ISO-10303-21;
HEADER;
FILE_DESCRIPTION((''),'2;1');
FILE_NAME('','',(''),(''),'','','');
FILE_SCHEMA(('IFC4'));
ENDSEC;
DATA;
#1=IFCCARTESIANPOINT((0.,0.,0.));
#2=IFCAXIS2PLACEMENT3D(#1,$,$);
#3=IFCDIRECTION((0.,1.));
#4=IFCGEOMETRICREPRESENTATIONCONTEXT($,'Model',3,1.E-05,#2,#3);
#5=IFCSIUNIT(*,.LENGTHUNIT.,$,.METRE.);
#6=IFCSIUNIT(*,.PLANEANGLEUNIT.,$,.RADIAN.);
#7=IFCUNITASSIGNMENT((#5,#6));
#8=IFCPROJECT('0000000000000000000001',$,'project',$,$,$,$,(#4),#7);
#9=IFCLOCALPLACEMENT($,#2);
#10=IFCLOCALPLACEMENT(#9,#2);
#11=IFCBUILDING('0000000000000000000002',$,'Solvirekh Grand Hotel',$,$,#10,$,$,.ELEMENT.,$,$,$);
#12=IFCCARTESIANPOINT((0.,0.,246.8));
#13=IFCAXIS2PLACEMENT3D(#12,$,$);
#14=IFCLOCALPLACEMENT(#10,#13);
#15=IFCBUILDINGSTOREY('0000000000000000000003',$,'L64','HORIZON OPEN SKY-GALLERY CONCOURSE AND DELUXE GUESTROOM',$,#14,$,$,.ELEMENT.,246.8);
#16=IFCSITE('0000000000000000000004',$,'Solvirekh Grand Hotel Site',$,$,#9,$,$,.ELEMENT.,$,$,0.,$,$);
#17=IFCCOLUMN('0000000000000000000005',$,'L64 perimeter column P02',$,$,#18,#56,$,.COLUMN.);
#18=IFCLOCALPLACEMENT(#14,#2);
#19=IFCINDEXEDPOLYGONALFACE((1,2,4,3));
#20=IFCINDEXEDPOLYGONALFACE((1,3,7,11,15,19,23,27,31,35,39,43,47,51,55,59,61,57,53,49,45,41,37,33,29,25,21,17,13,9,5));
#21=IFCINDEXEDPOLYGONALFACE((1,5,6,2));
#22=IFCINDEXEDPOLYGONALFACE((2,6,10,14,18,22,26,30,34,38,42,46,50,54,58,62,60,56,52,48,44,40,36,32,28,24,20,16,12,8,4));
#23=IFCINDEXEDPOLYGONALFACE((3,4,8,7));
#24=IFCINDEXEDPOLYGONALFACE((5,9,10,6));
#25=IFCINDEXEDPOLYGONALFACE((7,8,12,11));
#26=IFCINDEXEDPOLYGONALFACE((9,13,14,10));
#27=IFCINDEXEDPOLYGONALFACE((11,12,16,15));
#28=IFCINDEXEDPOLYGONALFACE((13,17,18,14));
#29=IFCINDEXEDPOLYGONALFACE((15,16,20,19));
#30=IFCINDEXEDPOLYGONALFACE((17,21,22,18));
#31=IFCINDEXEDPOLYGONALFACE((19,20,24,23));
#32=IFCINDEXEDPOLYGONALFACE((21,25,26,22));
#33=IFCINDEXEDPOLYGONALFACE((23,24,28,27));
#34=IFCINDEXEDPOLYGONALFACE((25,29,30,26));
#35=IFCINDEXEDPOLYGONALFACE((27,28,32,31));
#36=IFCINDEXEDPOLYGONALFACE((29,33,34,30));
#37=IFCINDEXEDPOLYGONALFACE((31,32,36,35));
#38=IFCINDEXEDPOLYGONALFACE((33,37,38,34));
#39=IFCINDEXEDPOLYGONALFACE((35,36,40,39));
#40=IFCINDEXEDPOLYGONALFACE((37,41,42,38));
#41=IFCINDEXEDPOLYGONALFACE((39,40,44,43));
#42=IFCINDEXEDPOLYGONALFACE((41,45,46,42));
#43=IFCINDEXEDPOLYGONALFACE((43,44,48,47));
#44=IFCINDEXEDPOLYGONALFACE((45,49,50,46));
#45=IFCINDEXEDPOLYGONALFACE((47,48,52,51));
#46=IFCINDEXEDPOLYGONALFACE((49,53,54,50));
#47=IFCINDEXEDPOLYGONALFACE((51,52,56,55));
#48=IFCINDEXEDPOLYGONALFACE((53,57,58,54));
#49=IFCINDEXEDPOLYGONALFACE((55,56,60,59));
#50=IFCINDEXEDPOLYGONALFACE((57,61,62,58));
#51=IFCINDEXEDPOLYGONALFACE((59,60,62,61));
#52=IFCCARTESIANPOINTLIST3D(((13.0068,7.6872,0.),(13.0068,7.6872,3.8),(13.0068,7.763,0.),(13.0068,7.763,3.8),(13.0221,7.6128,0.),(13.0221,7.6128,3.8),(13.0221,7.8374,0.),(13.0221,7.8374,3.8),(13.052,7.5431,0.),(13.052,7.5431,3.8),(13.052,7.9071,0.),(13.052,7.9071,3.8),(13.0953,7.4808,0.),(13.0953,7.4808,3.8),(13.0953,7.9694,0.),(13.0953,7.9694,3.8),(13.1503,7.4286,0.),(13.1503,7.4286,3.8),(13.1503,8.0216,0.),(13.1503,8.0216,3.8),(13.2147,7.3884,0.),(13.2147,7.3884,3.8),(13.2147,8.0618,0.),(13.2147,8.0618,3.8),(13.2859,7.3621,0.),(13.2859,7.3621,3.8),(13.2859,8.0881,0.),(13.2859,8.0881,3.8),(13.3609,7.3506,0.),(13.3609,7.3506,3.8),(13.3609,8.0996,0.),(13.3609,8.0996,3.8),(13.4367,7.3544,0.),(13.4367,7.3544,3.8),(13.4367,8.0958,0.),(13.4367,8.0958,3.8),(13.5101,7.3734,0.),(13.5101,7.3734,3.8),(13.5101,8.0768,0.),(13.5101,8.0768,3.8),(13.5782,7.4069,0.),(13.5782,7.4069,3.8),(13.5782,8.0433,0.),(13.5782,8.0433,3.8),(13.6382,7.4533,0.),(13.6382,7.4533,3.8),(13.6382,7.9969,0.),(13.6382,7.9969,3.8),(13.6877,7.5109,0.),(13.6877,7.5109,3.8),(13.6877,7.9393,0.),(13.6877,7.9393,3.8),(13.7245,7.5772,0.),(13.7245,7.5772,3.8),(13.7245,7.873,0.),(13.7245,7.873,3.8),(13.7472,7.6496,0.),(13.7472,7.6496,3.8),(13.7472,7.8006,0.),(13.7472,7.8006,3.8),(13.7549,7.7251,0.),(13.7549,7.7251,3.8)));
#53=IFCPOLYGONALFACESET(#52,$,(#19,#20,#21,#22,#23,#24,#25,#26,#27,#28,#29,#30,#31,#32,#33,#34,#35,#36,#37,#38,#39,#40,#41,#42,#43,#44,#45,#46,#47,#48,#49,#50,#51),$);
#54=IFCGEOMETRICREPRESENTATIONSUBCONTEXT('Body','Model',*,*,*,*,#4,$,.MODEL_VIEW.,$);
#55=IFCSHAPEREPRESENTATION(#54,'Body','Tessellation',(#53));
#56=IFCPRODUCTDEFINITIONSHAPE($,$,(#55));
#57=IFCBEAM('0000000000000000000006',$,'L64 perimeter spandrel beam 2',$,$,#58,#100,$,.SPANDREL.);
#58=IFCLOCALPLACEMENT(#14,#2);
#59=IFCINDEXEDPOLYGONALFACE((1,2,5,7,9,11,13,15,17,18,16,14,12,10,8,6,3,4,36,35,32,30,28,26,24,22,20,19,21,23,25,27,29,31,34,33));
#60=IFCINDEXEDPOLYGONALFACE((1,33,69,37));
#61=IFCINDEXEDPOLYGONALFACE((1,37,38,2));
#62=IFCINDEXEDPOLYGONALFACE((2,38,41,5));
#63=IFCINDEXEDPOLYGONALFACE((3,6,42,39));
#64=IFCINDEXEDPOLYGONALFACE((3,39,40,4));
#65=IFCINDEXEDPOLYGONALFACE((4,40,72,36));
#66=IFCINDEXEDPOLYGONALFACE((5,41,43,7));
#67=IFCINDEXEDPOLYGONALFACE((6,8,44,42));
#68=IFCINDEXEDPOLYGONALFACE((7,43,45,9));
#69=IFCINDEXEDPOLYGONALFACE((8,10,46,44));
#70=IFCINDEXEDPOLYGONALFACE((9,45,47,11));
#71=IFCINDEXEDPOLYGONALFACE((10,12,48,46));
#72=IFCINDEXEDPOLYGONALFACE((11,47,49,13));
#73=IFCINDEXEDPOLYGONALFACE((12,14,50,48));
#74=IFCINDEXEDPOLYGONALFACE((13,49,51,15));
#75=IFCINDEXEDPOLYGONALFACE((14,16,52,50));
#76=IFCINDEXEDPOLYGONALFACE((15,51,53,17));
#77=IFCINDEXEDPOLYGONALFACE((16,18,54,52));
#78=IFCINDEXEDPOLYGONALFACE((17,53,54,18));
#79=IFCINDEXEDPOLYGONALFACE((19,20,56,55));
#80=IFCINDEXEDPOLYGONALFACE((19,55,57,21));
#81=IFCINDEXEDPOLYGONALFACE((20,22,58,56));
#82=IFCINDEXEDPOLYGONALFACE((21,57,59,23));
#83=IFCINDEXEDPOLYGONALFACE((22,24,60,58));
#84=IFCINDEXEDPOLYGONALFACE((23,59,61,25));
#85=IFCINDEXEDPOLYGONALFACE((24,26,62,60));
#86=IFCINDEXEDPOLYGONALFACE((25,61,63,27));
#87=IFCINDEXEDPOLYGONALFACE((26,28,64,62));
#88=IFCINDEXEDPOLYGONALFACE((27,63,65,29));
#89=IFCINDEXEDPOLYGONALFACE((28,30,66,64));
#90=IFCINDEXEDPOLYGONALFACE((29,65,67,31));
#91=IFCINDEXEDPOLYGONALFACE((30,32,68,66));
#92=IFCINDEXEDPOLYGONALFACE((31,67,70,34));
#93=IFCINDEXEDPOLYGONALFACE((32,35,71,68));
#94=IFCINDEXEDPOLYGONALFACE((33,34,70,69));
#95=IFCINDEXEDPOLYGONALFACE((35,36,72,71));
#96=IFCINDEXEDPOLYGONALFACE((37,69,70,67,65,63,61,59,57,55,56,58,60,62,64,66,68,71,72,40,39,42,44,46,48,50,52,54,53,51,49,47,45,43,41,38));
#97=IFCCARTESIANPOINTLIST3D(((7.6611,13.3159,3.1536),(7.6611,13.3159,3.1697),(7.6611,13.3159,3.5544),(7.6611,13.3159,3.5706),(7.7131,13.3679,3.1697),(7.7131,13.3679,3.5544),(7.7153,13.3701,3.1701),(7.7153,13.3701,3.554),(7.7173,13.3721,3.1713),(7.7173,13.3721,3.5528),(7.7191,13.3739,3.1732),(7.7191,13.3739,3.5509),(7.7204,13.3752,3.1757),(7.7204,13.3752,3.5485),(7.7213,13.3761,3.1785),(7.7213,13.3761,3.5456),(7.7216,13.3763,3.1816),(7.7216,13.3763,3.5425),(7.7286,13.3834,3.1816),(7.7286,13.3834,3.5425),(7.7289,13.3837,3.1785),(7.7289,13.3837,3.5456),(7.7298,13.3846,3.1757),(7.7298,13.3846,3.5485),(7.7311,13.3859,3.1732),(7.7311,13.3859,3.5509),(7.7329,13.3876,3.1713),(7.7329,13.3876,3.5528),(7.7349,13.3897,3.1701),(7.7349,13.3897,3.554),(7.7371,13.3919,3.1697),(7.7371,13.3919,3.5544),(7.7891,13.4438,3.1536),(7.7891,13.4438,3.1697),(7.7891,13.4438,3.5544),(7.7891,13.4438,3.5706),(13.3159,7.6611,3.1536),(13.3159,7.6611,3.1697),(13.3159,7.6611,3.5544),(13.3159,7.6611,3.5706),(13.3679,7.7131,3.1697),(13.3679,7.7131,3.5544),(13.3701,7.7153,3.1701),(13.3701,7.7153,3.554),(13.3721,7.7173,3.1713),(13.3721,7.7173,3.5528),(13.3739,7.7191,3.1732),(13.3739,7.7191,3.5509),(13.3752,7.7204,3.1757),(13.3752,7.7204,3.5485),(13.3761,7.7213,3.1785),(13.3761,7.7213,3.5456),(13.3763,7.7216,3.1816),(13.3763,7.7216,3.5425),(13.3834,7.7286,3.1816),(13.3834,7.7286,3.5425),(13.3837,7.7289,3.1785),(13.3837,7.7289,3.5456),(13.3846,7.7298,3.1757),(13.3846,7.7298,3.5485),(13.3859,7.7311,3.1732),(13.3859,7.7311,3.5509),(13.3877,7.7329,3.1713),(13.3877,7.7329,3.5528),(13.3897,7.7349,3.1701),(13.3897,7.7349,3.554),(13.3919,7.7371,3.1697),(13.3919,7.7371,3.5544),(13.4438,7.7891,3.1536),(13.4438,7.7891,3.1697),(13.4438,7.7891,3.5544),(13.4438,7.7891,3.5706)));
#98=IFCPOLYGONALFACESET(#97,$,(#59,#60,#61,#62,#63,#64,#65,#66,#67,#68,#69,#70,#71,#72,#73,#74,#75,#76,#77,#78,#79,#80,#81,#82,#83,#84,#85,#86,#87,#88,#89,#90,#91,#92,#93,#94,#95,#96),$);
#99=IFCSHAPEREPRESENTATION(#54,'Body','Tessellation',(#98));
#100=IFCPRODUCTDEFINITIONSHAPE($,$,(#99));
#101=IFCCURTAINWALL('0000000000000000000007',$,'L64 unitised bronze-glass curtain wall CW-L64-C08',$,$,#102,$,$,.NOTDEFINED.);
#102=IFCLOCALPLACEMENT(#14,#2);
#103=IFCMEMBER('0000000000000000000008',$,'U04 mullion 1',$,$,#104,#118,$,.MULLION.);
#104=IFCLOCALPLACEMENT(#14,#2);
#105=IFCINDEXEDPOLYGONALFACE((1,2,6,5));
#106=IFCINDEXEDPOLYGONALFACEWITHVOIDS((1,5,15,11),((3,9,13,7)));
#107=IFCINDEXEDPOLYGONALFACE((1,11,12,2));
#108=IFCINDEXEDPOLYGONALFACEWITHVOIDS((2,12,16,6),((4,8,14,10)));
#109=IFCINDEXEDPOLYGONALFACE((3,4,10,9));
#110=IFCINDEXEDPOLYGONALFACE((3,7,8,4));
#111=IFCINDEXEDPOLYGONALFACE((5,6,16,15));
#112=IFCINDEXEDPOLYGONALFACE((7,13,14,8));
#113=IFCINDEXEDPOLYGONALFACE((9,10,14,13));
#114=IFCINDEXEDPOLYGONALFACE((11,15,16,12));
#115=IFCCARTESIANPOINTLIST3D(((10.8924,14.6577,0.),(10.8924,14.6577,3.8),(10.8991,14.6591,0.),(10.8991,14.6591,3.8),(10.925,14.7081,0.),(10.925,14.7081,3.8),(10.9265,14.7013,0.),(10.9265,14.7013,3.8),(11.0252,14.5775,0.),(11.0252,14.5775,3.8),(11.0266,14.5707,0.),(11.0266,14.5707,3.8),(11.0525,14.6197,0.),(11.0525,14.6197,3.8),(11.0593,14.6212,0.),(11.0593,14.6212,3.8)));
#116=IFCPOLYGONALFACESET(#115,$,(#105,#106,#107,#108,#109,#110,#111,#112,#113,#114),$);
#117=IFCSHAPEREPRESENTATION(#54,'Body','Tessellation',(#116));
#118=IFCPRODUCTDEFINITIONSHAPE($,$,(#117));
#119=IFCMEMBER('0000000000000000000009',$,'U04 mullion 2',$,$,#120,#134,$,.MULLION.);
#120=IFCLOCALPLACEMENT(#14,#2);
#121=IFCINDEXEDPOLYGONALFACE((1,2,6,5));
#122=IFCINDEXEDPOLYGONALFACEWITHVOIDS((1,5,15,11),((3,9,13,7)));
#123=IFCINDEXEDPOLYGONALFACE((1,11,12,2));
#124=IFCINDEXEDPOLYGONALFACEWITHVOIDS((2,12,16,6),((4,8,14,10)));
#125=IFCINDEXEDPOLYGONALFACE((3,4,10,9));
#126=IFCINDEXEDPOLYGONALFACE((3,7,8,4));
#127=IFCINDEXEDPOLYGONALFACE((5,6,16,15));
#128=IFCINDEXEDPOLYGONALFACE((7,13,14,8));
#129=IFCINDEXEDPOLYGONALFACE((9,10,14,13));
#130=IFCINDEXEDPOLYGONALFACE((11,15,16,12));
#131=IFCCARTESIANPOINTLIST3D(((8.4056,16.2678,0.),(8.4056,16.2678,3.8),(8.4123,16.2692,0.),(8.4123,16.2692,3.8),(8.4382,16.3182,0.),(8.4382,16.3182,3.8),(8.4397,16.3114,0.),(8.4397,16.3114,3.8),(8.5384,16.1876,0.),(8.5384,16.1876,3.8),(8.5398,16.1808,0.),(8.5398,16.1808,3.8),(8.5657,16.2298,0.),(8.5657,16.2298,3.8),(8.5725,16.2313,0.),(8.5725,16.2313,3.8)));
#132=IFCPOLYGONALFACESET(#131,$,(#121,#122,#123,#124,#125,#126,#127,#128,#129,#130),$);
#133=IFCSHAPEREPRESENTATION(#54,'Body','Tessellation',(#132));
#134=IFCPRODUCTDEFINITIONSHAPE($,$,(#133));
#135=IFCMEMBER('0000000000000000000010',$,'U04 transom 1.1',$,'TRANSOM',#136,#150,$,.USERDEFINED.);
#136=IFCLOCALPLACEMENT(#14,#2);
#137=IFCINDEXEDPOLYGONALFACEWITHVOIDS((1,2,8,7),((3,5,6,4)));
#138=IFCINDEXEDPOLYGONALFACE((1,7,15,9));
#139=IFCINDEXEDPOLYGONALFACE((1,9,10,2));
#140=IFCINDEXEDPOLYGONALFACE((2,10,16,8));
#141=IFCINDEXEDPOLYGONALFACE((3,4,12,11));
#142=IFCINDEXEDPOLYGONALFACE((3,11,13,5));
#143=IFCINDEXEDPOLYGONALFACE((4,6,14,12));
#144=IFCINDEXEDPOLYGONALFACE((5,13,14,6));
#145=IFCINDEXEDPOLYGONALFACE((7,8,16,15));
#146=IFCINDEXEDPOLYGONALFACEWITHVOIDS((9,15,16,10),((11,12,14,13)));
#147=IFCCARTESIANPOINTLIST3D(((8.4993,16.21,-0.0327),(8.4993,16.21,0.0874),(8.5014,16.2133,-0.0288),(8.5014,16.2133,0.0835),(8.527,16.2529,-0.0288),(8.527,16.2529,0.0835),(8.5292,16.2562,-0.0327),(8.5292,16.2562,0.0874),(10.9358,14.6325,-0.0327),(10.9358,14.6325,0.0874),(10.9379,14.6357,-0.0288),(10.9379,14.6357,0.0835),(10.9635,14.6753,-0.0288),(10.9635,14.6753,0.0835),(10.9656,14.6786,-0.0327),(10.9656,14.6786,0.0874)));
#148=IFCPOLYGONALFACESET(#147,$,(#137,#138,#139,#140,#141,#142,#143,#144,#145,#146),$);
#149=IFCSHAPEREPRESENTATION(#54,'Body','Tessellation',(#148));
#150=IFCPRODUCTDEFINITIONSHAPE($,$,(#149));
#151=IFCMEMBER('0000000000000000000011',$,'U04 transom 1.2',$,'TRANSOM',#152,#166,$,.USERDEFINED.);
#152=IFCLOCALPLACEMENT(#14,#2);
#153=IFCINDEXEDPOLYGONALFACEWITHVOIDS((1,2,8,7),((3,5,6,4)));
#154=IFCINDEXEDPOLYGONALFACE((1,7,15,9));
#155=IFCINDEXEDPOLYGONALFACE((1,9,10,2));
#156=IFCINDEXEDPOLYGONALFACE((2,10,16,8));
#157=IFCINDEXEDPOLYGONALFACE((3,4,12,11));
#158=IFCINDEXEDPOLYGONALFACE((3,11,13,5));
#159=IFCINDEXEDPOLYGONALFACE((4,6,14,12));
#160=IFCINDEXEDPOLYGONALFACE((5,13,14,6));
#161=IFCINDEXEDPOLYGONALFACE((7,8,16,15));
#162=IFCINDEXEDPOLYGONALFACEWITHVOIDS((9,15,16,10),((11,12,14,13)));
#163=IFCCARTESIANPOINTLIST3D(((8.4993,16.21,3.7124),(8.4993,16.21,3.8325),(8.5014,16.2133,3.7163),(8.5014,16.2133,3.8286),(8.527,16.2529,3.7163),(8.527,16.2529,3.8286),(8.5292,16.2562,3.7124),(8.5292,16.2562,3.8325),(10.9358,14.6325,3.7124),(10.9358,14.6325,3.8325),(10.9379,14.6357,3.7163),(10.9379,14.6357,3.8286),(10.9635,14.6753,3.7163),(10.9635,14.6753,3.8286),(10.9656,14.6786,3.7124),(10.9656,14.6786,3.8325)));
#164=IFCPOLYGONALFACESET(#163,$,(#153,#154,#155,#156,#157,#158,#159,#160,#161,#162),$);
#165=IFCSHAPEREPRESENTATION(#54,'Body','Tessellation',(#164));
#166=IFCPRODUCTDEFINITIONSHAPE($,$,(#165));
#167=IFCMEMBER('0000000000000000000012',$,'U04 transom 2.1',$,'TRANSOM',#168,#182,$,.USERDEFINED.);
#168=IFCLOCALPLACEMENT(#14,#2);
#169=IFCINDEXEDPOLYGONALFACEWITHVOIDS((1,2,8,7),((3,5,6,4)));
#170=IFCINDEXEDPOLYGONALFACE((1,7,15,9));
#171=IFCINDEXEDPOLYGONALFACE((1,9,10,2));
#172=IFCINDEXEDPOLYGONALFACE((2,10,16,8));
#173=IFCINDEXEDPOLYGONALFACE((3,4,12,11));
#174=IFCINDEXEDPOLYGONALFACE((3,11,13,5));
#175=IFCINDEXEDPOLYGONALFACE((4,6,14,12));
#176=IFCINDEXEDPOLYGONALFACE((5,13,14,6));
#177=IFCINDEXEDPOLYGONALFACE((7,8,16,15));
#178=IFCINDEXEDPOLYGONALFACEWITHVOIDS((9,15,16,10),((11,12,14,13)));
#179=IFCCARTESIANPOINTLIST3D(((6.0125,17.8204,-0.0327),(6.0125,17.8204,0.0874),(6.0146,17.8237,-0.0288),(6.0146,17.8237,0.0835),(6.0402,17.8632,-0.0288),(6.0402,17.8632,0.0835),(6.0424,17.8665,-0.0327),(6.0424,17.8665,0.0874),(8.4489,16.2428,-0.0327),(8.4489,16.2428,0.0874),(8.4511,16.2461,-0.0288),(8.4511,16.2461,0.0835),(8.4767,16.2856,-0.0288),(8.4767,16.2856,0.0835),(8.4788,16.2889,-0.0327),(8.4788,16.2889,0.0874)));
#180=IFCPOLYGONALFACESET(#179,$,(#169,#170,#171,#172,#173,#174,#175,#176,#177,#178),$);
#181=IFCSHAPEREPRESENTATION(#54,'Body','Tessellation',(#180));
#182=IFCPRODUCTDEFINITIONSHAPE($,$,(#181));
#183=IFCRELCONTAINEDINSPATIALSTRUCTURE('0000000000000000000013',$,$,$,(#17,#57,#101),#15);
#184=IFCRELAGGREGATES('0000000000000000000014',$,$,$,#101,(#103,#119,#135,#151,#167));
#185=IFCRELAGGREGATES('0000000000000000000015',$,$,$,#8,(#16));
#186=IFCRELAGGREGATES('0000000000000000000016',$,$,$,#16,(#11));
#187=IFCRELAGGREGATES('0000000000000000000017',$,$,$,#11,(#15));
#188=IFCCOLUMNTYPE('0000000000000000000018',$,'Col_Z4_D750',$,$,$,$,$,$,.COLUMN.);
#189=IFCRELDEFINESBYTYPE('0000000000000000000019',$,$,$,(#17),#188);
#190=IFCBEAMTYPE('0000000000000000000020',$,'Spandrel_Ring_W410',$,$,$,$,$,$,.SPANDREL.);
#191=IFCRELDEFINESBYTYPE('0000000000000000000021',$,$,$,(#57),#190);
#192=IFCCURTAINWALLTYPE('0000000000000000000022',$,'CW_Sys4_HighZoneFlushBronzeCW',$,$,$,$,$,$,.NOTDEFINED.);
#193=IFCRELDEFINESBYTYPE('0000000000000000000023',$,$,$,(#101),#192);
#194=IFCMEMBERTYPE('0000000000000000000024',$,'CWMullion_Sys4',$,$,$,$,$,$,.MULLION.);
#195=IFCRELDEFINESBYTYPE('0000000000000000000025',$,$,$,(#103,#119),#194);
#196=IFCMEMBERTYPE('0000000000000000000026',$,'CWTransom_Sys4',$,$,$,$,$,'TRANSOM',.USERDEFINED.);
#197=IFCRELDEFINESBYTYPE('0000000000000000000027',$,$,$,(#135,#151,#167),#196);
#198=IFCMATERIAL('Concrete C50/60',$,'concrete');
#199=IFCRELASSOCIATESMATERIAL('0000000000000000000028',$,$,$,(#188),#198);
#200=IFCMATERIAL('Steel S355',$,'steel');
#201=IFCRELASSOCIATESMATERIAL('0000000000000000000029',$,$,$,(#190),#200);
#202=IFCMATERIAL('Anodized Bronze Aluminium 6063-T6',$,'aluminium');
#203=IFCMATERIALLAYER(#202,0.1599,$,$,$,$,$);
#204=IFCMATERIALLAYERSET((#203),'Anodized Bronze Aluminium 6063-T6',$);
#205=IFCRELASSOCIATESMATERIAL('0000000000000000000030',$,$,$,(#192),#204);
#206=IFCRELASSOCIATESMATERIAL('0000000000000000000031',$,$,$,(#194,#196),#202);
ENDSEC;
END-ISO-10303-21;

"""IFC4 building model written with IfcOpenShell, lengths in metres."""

from ifc_helpers import new_model, si_unit, direction, frame, origin, origin_2d, place, context, subcontext, project, spatial, hollow_rectangle, circle, i_section, extrude, source, transform, mapped, material, layer, layer_set, material_profile, profile_set, type_object, element, aggregate, save


model = new_model("IFC4")

# Units and contexts
model_context = context("Model", 3, precision=1e-05, world=origin(), true_north=direction((0.0, 1.0)))
body_context = subcontext(model_context, "Body", "Model", "MODEL_VIEW")
ifc_project = project(units=[si_unit("LENGTHUNIT", "METRE"), si_unit("PLANEANGLEUNIT", "RADIAN")], contexts=[model_context])

# Site, building, storey
site_placement = place(None, origin())
site = spatial("IfcSite", under=ifc_project, at=site_placement, Name="Solvirekh Grand Hotel Site", CompositionType="ELEMENT", RefElevation=0.0)
building_placement = place(site_placement, origin())
building = spatial("IfcBuilding", under=site, at=building_placement, Name="Solvirekh Grand Hotel", CompositionType="ELEMENT")
storey_placement = place(building_placement, frame((0.0, 0.0, 246.8)))
storey = spatial("IfcBuildingStorey", under=building, at=storey_placement, Name="L64", Description="HORIZON OPEN SKY-GALLERY CONCOURSE AND DELUXE GUESTROOM", CompositionType="ELEMENT", Elevation=246.8)

# Column
ifc_material_1 = material(Name="Concrete C50/60", Category="concrete")
ifc_material_profile_1 = material_profile(ifc_material_1, circle(Radius=0.375, at=origin_2d()), Name="RC CIRC D750")
ifc_profile_set_1 = profile_set([ifc_material_profile_1], Name="Concrete C50/60")
column_type = type_object("IfcColumnType", Name="Col_Z4_D750", PredefinedType="COLUMN", material=ifc_profile_set_1)
column_placement = place(storey_placement, frame((13.3799, 7.7251, 0.0), z_axis=(0.0, 0.0, 1.0), x_axis=(1.0, 0.0, 0.0)))
element("IfcColumn", 1, at=column_placement, inside=storey, type_object=column_type, Name="L64 perimeter column P02", PredefinedType="COLUMN", context=body_context, shape_type="SweptSolid", body=[
    extrude(circle(Radius=0.375, at=origin_2d()), origin(), (0.0, 0.0, 1.0), 3.8),
])

# Beam
ifc_material_2 = material(Name="Steel S355", Category="steel")
ifc_material_profile_2 = material_profile(ifc_material_2, i_section(OverallWidth=0.1809, OverallDepth=0.417, WebThickness=0.01, FlangeThickness=0.0161, FilletRadius=0.012, at=origin_2d()), Name="W410X85")
ifc_profile_set_2 = profile_set([ifc_material_profile_2], Name="Steel S355")
beam_type = type_object("IfcBeamType", Name="Spandrel_Ring_W410", PredefinedType="SPANDREL", material=ifc_profile_set_2)
beam_placement = place(storey_placement, frame((13.3799, 7.7251, 3.3621), z_axis=(-0.707107, 0.707107, 0.0), x_axis=(-0.707107, -0.707107, 0.0)))
element("IfcBeam", 2, at=beam_placement, inside=storey, type_object=beam_type, Name="L64 perimeter spandrel beam 2", PredefinedType="SPANDREL", context=body_context, shape_type="SweptSolid", body=[
    extrude(i_section(OverallWidth=0.1809, OverallDepth=0.417, WebThickness=0.01, FlangeThickness=0.0161, FilletRadius=0.012, at=origin_2d()), origin(), (0.0, 0.0, 1.0), 7.9971),
])

# Curtain wall, members
ifc_material_3 = material(Name="Anodized Bronze Aluminium 6063-T6", Category="aluminium")
ifc_layer_1 = layer(ifc_material_3, 0.1599)
ifc_layer_set_1 = layer_set([ifc_layer_1], Name="Anodized Bronze Aluminium 6063-T6")
curtain_wall_type = type_object("IfcCurtainWallType", Name="CW_Sys4_HighZoneFlushBronzeCW", PredefinedType="NOTDEFINED", material=ifc_layer_set_1)
curtain_wall_placement = place(storey_placement, origin())
curtain_wall = element("IfcCurtainWall", 3, at=curtain_wall_placement, inside=storey, type_object=curtain_wall_type, Name="L64 unitised bronze-glass curtain wall CW-L64-C08", PredefinedType="NOTDEFINED")
ifc_material_profile_3 = material_profile(ifc_material_3, hollow_rectangle(XDim=0.0601, YDim=0.1599, WallThickness=0.0049, at=origin_2d()), Name="ALU RHS 160X60X5")
ifc_profile_set_3 = profile_set([ifc_material_profile_3], Name="Anodized Bronze Aluminium 6063-T6")
member_type_1 = type_object("IfcMemberType", Name="CWMullion_Sys4", PredefinedType="MULLION", material=ifc_profile_set_3)
shared_shape_1 = source(origin(), body_context, "Body", "SweptSolid", [
    extrude(hollow_rectangle(XDim=0.0601, YDim=0.1599, WallThickness=0.0049, at=origin_2d()), origin(), (0.0, 0.0, 1.0), 3.8),
])
member_1_placement = place(storey_placement, frame((10.9758, 14.6394, 0.0), z_axis=(0.0, 0.0, 1.0), x_axis=(-0.543508, -0.839404, 0.0)))
member_1 = element("IfcMember", 4, at=member_1_placement, type_object=member_type_1, Name="U04 mullion 1", PredefinedType="MULLION", context=body_context, shape_type="MappedRepresentation", body=[
    mapped(shared_shape_1, transform((0.0, 0.0, 0.0), x_axis=(1.0, 0.0, 0.0), y_axis=(0.0, 1.0, 0.0), z_axis=(0.0, 0.0, 1.0), scale=1.0)),
])
member_2_placement = place(storey_placement, frame((8.489, 16.2495, 0.0), z_axis=(0.0, 0.0, 1.0), x_axis=(-0.543508, -0.839404, 0.0)))
member_2 = element("IfcMember", 5, at=member_2_placement, type_object=member_type_1, Name="U04 mullion 2", PredefinedType="MULLION", context=body_context, shape_type="MappedRepresentation", body=[
    mapped(shared_shape_1, transform((0.0, 0.0, 0.0), x_axis=(1.0, 0.0, 0.0), y_axis=(0.0, 1.0, 0.0), z_axis=(0.0, 0.0, 1.0), scale=1.0)),
])
ifc_material_profile_4 = material_profile(ifc_material_3, hollow_rectangle(XDim=0.0549, YDim=0.1201, WallThickness=0.0039, at=origin_2d()), Name="ALU RHS 120X55X4")
ifc_profile_set_4 = profile_set([ifc_material_profile_4], Name="Anodized Bronze Aluminium 6063-T6")
member_type_2 = type_object("IfcMemberType", Name="CWTransom_Sys4", ElementType="TRANSOM", PredefinedType="USERDEFINED", material=ifc_profile_set_4)
shared_shape_2 = source(origin(), body_context, "Body", "SweptSolid", [
    extrude(hollow_rectangle(XDim=0.0549, YDim=0.1201, WallThickness=0.0039, at=origin_2d()), origin(), (0.0, 0.0, 1.0), 2.9026),
])
member_3_placement = place(storey_placement, frame((10.9507, 14.6555, 0.0273), z_axis=(-0.839403, 0.543509, 0.0), x_axis=(-0.543509, -0.839403, 0.0)))
member_3 = element("IfcMember", 6, at=member_3_placement, type_object=member_type_2, Name="U04 transom 1.1", ObjectType="TRANSOM", PredefinedType="USERDEFINED", context=body_context, shape_type="MappedRepresentation", body=[
    mapped(shared_shape_2, transform((0.0, 0.0, 0.0), x_axis=(1.0, 0.0, 0.0), y_axis=(0.0, 1.0, 0.0), z_axis=(0.0, 0.0, 1.0), scale=1.0)),
])
member_4_placement = place(storey_placement, frame((10.9507, 14.6555, 3.7725), z_axis=(-0.839403, 0.543509, 0.0), x_axis=(-0.543509, -0.839403, 0.0)))
member_4 = element("IfcMember", 7, at=member_4_placement, type_object=member_type_2, Name="U04 transom 1.2", ObjectType="TRANSOM", PredefinedType="USERDEFINED", context=body_context, shape_type="MappedRepresentation", body=[
    mapped(shared_shape_2, transform((0.0, 0.0, 0.0), x_axis=(1.0, 0.0, 0.0), y_axis=(0.0, 1.0, 0.0), z_axis=(0.0, 0.0, 1.0), scale=1.0)),
])
member_5_placement = place(storey_placement, frame((8.4639, 16.2659, 0.0273), z_axis=(-0.839403, 0.543509, 0.0), x_axis=(-0.543509, -0.839403, 0.0)))
member_5 = element("IfcMember", 8, at=member_5_placement, type_object=member_type_2, Name="U04 transom 2.1", ObjectType="TRANSOM", PredefinedType="USERDEFINED", context=body_context, shape_type="MappedRepresentation", body=[
    mapped(shared_shape_2, transform((0.0, 0.0, 0.0), x_axis=(1.0, 0.0, 0.0), y_axis=(0.0, 1.0, 0.0), z_axis=(0.0, 0.0, 1.0), scale=1.0)),
])
aggregate(curtain_wall, [member_1, member_2, member_3, member_4, member_5])

save(model, "model.ifc")
